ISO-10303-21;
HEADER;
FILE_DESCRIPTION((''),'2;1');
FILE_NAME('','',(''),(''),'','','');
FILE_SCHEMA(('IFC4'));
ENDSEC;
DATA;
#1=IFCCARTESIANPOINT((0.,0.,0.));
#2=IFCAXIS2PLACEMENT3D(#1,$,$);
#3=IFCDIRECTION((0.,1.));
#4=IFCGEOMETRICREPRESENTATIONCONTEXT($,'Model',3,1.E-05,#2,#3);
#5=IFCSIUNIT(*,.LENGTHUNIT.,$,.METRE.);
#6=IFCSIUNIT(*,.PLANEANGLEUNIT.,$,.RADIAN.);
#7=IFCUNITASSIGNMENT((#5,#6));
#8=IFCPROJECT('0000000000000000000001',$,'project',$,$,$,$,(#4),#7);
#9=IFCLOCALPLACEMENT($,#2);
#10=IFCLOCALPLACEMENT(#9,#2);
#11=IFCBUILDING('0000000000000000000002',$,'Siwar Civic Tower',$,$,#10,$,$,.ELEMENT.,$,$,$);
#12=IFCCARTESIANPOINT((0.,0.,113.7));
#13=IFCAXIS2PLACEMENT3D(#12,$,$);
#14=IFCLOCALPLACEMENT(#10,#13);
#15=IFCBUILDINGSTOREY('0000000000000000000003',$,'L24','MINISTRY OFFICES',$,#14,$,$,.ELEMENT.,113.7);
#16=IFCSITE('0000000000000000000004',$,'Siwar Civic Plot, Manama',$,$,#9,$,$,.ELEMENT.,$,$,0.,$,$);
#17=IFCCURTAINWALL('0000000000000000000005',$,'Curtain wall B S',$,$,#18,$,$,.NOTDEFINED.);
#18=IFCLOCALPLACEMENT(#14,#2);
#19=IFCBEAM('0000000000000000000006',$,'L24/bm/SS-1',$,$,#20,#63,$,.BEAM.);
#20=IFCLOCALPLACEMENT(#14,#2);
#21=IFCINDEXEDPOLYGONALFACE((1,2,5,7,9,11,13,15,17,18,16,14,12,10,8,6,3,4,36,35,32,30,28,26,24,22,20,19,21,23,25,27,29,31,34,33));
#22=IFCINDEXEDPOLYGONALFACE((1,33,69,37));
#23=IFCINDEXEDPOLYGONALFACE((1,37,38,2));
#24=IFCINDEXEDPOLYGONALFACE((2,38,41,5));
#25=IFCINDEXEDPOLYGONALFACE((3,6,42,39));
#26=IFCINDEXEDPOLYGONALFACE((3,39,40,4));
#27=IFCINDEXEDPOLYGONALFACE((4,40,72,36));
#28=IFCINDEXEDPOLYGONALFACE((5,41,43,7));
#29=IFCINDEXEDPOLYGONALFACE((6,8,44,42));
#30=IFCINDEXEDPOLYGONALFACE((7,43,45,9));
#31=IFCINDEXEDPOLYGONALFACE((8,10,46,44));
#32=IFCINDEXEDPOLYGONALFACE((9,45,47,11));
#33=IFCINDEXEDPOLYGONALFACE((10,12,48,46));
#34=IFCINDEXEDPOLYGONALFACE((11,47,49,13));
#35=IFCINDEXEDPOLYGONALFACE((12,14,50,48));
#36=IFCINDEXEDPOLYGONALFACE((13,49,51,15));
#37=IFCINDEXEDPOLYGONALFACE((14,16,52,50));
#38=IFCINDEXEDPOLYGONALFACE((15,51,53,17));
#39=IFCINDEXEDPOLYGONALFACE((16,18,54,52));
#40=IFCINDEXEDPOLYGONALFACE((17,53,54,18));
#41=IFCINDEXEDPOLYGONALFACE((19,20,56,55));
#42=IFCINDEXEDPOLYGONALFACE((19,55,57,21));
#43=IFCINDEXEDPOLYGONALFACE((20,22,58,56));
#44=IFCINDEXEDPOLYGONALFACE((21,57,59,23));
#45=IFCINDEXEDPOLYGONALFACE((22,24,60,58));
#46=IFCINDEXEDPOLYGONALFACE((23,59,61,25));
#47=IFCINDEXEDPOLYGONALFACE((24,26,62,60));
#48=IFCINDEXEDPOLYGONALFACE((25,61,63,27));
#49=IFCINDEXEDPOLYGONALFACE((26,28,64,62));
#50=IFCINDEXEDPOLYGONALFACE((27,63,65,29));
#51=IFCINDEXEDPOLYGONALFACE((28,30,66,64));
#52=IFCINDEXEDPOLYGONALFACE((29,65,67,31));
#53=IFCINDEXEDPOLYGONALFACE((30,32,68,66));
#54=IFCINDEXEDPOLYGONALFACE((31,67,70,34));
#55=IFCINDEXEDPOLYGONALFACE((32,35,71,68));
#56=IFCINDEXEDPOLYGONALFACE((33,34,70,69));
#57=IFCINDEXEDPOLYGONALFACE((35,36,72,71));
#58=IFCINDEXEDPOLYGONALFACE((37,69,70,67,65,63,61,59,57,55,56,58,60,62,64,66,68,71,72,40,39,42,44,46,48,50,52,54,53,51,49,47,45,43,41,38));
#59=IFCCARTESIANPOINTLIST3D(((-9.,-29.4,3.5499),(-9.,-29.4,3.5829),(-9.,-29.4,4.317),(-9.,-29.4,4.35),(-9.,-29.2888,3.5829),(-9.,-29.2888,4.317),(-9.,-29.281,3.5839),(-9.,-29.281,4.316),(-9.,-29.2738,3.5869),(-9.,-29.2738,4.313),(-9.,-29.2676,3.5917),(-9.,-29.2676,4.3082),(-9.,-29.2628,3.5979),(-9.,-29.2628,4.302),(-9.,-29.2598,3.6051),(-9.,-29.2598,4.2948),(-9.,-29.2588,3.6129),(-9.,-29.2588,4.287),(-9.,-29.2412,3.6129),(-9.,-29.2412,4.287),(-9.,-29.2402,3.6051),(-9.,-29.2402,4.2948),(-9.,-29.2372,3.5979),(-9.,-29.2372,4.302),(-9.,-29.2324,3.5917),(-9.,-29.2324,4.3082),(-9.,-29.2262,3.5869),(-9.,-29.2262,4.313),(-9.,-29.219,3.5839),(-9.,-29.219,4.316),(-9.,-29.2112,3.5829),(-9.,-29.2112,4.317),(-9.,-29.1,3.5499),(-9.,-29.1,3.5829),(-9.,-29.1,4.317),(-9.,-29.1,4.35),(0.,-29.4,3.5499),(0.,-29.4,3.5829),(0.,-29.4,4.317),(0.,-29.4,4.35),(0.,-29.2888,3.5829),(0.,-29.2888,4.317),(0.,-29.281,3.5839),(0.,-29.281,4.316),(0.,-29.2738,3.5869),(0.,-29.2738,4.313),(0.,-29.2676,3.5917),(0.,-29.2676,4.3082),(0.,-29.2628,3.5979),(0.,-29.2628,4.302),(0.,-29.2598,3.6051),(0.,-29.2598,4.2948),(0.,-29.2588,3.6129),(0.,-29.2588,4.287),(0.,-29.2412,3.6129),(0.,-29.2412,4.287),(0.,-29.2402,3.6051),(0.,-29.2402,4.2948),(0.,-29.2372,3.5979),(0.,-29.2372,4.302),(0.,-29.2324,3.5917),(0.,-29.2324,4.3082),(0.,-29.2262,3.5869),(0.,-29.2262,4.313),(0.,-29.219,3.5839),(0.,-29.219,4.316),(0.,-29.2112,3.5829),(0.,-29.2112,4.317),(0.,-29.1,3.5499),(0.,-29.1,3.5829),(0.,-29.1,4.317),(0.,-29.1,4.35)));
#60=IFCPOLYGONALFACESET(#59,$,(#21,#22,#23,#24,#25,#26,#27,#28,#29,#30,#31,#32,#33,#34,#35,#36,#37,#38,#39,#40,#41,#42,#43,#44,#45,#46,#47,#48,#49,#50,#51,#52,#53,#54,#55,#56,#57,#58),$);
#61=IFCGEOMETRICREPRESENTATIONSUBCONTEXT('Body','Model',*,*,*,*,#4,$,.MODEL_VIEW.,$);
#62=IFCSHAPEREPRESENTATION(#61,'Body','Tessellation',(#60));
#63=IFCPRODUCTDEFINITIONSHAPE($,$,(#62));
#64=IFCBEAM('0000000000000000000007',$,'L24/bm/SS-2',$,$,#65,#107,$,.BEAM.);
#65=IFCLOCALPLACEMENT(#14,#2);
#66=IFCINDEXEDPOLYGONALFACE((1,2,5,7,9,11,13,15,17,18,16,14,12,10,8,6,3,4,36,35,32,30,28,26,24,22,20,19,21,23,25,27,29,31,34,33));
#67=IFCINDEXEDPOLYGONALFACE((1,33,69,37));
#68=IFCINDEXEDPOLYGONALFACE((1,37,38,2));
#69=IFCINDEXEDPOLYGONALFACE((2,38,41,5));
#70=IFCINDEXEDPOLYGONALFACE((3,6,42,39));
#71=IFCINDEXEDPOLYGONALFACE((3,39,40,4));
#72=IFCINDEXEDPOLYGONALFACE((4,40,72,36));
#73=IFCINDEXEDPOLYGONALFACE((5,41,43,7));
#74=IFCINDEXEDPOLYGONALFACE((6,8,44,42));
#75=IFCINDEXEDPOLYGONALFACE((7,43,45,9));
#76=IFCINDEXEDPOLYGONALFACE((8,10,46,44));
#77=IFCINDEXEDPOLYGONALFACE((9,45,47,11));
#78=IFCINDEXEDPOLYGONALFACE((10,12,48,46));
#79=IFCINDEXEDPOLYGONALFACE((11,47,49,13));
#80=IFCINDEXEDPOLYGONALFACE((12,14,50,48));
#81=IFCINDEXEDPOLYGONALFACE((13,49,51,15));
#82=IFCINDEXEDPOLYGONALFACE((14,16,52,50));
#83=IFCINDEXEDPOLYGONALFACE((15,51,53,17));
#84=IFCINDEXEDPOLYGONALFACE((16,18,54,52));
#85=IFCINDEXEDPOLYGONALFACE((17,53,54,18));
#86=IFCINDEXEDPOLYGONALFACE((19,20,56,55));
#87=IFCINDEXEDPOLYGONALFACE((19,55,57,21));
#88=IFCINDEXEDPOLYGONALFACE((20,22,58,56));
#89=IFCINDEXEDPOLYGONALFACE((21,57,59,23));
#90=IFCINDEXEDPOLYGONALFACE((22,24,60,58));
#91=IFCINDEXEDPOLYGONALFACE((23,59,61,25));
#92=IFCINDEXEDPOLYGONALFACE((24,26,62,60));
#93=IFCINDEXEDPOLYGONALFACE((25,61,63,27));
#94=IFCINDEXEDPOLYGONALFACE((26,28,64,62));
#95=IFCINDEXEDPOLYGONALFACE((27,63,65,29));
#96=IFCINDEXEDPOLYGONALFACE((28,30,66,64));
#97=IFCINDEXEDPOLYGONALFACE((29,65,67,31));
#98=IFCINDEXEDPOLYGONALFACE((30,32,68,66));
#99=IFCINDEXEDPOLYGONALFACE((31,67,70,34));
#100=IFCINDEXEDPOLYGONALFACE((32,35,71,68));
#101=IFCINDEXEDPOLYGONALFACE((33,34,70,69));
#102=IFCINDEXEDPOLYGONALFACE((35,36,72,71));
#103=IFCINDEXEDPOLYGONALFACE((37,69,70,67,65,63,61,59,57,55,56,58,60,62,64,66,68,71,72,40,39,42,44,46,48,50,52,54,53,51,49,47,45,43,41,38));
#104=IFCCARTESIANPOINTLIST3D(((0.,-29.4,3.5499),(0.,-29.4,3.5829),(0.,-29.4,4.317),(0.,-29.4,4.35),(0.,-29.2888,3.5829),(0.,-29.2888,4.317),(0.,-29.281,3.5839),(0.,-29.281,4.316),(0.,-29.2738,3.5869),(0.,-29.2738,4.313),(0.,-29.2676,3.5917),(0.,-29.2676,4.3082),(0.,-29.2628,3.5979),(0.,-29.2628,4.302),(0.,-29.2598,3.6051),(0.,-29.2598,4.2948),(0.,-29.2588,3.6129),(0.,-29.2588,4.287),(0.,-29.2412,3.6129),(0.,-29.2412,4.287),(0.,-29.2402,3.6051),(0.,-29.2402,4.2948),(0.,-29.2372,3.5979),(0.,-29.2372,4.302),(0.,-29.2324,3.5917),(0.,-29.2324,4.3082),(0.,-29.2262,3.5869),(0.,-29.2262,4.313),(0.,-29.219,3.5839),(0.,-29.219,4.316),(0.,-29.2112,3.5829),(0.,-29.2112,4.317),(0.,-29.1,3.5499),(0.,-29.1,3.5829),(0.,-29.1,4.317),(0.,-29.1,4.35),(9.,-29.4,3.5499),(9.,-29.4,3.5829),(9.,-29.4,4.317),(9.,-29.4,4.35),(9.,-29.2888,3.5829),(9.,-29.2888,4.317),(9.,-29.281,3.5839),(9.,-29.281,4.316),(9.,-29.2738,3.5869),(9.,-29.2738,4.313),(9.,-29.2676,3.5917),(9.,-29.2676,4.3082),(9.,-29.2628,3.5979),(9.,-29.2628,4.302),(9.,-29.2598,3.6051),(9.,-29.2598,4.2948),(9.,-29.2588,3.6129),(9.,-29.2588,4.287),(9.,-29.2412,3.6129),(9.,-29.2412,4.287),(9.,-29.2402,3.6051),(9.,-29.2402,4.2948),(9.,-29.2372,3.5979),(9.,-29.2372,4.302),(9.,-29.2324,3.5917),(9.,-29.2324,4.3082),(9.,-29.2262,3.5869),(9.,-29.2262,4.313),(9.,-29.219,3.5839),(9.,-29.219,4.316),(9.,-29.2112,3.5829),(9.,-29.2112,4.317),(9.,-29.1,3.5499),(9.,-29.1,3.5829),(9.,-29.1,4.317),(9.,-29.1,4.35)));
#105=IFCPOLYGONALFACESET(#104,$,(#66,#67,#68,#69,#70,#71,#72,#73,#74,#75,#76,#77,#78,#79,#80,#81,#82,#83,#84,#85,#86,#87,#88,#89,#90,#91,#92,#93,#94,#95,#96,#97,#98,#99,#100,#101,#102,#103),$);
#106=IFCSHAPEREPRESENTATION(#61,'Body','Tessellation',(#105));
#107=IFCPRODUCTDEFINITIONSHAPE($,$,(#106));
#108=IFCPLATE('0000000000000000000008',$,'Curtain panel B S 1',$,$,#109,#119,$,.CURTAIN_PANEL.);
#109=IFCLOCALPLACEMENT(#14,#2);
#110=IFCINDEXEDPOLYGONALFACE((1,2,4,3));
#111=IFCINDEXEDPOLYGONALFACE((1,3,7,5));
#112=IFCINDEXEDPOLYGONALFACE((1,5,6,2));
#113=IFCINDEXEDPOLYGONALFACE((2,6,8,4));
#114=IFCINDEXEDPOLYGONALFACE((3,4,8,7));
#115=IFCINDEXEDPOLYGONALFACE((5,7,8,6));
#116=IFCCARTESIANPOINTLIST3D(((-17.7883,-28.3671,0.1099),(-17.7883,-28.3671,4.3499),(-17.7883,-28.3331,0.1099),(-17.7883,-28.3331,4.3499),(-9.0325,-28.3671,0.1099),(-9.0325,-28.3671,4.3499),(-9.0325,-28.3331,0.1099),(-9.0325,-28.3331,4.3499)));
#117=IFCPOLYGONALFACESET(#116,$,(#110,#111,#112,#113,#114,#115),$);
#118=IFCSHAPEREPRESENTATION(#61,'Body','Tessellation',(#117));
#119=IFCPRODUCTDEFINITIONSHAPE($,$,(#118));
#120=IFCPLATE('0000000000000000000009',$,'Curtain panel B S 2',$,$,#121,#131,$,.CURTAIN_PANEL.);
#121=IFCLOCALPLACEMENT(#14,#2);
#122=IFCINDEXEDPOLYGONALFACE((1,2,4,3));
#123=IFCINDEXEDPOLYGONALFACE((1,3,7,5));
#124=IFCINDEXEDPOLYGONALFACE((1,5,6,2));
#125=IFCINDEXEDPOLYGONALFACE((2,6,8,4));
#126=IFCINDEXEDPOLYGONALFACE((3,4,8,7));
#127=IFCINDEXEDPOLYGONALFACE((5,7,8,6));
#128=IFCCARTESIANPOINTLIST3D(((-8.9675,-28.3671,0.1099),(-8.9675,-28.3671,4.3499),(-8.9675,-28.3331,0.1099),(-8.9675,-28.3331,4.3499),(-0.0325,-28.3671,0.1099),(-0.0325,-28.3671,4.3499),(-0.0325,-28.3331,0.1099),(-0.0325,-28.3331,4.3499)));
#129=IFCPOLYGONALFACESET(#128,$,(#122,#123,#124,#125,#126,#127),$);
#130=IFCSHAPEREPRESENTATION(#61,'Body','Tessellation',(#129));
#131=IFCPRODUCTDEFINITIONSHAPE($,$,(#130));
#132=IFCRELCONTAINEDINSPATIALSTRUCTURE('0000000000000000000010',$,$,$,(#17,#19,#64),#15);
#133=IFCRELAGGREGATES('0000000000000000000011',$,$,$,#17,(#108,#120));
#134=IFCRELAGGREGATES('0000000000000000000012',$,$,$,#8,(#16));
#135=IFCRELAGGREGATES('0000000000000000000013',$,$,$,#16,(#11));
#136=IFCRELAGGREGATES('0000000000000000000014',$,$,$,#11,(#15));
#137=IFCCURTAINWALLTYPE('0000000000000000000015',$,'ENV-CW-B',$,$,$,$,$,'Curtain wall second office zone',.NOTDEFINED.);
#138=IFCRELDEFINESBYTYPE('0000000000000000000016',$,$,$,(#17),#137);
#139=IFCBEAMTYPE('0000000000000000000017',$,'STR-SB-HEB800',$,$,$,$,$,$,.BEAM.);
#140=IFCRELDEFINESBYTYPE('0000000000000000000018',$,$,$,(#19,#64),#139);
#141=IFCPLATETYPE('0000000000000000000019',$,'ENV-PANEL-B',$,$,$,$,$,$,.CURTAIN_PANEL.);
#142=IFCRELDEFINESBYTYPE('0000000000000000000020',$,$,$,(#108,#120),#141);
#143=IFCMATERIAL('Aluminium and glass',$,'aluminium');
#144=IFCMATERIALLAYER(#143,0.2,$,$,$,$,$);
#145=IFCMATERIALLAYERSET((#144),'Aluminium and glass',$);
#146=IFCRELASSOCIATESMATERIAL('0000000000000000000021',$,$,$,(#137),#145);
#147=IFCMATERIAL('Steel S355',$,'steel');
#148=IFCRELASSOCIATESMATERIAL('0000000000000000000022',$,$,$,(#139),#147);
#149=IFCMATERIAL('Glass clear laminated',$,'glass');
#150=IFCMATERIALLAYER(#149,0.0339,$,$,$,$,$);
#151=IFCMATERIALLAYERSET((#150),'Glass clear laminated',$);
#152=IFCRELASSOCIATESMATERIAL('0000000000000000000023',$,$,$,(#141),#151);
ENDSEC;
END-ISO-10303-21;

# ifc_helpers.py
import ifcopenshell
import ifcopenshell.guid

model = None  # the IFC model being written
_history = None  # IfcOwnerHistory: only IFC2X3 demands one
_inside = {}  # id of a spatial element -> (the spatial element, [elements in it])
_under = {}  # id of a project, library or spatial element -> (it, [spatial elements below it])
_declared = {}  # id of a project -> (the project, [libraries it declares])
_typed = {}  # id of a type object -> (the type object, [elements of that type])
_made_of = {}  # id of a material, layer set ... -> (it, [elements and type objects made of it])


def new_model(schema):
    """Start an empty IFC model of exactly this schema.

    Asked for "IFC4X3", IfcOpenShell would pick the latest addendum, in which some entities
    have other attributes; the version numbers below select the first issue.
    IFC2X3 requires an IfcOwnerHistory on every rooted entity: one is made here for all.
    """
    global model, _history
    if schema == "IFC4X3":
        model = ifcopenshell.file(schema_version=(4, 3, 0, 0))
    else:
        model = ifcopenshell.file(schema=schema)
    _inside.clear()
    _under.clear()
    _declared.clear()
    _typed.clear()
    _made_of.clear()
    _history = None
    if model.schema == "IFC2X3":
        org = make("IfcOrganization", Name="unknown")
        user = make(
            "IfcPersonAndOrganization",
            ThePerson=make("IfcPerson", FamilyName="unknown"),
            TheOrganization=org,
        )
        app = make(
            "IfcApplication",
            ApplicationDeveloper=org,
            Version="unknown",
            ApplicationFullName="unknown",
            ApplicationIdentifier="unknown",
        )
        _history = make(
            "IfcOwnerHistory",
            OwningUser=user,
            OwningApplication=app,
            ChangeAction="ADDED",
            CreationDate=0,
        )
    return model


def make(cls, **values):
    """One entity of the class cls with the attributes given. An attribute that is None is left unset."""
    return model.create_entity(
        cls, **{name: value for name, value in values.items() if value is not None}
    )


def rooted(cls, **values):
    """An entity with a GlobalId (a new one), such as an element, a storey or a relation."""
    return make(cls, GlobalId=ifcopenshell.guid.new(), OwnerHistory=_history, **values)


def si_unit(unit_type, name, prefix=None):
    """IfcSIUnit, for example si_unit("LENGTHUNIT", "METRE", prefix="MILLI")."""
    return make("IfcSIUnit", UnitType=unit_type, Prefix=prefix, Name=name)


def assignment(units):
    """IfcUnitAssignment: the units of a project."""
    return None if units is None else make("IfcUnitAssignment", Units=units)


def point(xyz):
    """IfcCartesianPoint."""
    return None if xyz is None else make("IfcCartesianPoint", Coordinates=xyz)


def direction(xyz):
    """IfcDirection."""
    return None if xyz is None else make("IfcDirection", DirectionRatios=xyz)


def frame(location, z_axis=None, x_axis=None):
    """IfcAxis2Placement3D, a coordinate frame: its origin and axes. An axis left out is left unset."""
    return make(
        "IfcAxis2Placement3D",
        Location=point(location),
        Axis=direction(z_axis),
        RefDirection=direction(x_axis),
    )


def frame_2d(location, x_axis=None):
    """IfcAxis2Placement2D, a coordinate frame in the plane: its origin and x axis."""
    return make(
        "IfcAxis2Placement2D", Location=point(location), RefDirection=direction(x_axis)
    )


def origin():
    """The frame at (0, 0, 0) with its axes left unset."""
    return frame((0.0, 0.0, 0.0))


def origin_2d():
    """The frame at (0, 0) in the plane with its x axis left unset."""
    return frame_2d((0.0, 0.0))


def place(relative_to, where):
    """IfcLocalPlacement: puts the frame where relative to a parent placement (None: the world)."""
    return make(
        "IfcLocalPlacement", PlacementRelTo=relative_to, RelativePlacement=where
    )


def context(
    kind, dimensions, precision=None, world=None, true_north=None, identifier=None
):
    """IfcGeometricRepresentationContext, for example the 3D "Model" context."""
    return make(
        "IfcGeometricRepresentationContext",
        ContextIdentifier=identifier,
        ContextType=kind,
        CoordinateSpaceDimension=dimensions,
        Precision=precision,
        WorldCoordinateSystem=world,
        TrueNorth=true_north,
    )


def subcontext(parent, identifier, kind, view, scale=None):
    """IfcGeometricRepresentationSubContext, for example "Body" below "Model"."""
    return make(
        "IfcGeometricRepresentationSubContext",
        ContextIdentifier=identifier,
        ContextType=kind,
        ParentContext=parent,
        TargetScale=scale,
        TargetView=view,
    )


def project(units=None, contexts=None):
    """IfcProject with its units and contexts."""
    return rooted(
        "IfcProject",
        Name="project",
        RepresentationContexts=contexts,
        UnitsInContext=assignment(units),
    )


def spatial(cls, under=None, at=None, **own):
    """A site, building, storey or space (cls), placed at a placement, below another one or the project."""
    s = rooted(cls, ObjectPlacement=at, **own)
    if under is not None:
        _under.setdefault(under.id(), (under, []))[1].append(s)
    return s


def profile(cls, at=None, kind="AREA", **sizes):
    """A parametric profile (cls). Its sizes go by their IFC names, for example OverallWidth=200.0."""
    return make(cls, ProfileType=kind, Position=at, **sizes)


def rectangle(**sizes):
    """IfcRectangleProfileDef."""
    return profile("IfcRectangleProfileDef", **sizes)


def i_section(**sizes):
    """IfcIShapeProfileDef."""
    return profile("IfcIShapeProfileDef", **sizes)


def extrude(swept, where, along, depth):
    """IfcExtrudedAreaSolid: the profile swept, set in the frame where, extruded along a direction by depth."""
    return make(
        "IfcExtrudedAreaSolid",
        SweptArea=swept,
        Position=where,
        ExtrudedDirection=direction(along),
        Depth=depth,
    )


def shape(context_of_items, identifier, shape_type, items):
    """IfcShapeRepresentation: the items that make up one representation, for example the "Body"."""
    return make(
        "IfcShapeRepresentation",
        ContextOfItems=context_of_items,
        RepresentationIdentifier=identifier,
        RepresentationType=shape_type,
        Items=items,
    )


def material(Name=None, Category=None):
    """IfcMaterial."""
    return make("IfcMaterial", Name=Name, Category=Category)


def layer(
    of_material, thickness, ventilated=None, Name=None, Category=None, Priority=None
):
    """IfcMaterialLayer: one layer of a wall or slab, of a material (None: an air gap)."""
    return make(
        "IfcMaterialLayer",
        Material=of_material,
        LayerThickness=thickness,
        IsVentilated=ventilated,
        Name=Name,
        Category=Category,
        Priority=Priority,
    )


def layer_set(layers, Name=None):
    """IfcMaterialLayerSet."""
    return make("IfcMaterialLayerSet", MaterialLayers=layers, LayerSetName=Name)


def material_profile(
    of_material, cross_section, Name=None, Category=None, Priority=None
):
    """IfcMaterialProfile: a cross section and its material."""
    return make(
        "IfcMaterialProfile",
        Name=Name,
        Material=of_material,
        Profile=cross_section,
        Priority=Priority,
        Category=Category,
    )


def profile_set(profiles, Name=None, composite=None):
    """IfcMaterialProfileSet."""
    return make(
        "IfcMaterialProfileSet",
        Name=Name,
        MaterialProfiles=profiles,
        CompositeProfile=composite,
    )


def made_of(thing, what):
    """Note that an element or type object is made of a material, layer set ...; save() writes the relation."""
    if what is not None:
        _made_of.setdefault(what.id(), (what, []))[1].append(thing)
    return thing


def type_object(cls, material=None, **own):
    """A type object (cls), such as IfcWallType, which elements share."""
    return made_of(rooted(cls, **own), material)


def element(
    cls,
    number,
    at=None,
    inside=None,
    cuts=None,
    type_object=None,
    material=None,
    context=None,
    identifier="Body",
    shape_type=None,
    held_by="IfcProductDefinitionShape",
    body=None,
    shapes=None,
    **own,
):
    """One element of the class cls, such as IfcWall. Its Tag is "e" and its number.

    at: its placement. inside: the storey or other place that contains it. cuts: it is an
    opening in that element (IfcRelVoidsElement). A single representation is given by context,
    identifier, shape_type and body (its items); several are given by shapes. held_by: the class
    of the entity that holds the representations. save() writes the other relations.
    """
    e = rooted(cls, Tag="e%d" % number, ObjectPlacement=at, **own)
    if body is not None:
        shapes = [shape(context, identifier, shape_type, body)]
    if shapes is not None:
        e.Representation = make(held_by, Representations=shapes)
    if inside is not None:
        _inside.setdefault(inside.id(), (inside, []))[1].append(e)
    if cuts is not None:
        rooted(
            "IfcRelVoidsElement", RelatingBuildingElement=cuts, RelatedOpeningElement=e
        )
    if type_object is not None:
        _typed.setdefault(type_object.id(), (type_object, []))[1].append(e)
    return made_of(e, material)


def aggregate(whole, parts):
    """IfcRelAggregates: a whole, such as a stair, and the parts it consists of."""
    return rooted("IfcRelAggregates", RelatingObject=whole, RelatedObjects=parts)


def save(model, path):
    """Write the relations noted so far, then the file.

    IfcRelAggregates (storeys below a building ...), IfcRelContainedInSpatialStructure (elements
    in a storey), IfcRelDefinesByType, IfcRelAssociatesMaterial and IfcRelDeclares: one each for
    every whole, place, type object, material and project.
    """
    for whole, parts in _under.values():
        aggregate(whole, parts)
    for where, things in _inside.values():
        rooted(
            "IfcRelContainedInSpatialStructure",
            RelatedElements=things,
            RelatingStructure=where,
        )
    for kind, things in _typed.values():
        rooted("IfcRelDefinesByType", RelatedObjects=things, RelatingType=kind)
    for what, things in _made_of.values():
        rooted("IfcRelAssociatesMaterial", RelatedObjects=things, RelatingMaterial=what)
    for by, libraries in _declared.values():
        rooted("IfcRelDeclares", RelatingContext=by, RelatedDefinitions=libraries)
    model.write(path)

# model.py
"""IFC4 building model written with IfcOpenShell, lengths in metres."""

from ifc_helpers import new_model, si_unit, direction, frame, origin, origin_2d, place, context, subcontext, project, spatial, rectangle, i_section, extrude, material, layer, layer_set, material_profile, profile_set, type_object, element, aggregate, save


model = new_model("IFC4")

# Units and contexts
model_context = context("Model", 3, precision=1e-05, world=origin(), true_north=direction((0.0, 1.0)))
body_context = subcontext(model_context, "Body", "Model", "MODEL_VIEW")
ifc_project = project(units=[si_unit("LENGTHUNIT", "METRE"), si_unit("PLANEANGLEUNIT", "RADIAN")], contexts=[model_context])

# Site, building, storey
site_placement = place(None, origin())
site = spatial("IfcSite", under=ifc_project, at=site_placement, Name="Siwar Civic Plot, Manama", CompositionType="ELEMENT", RefElevation=0.0)
building_placement = place(site_placement, origin())
building = spatial("IfcBuilding", under=site, at=building_placement, Name="Siwar Civic Tower", CompositionType="ELEMENT")
storey_placement = place(building_placement, frame((0.0, 0.0, 113.7)))
storey = spatial("IfcBuildingStorey", under=building, at=storey_placement, Name="L24", Description="MINISTRY OFFICES", CompositionType="ELEMENT", Elevation=113.7)

# Curtain wall
ifc_material_1 = material(Name="Aluminium and glass", Category="aluminium")
ifc_layer_1 = layer(ifc_material_1, 0.2)
ifc_layer_set_1 = layer_set([ifc_layer_1], Name="Aluminium and glass")
curtain_wall_type = type_object("IfcCurtainWallType", Name="ENV-CW-B", ElementType="Curtain wall second office zone", PredefinedType="NOTDEFINED", material=ifc_layer_set_1)
curtain_wall_placement = place(storey_placement, origin())
curtain_wall = element("IfcCurtainWall", 1, at=curtain_wall_placement, inside=storey, type_object=curtain_wall_type, Name="Curtain wall B S", PredefinedType="NOTDEFINED")

# Beams
ifc_material_2 = material(Name="Steel S355", Category="steel")
ifc_material_profile_1 = material_profile(ifc_material_2, i_section(OverallWidth=0.3, OverallDepth=0.8, WebThickness=0.0176, FlangeThickness=0.033, FilletRadius=0.03, at=origin_2d()), Name="HEB800")
ifc_profile_set_1 = profile_set([ifc_material_profile_1], Name="Steel S355")
beam_type_1 = type_object("IfcBeamType", Name="STR-SB-HEB800", PredefinedType="BEAM", material=ifc_profile_set_1)
for number, where, z_axis, x_axis, name in (
    (2, (-9.0, -29.25, 3.95), (1.0, 0.0, 0.0), (0.0, 1.0, 0.0), "L24/bm/SS-1"),
    (3, (0.0, -29.25, 3.95), (1.0, 0.0, 0.0), (0.0, 1.0, 0.0), "L24/bm/SS-2"),
):
    element("IfcBeam", number, at=place(storey_placement, frame(where, z_axis=z_axis, x_axis=x_axis)), inside=storey, type_object=beam_type_1, Name=name, PredefinedType="BEAM", context=body_context, shape_type="SweptSolid", body=[
        extrude(i_section(OverallWidth=0.3, OverallDepth=0.8, WebThickness=0.0176, FlangeThickness=0.033, FilletRadius=0.03, at=origin_2d()), origin(), (0.0, 0.0, 1.0), 9.0),
    ])

# Plates
ifc_material_3 = material(Name="Glass clear laminated", Category="glass")
ifc_layer_2 = layer(ifc_material_3, 0.0339)
ifc_layer_set_2 = layer_set([ifc_layer_2], Name="Glass clear laminated")
plate_type = type_object("IfcPlateType", Name="ENV-PANEL-B", PredefinedType="CURTAIN_PANEL", material=ifc_layer_set_2)
plate_1_placement = place(storey_placement, frame((-13.4104, -28.3501, 0.1099), z_axis=(0.0, 0.0, 1.0), x_axis=(1.0, 0.0, 0.0)))
plate_1 = element("IfcPlate", 4, at=plate_1_placement, type_object=plate_type, Name="Curtain panel B S 1", PredefinedType="CURTAIN_PANEL", context=body_context, shape_type="SweptSolid", body=[
    extrude(rectangle(XDim=8.7559, YDim=0.0339, at=origin_2d()), origin(), (0.0, 0.0, 1.0), 4.24),
])
plate_2_placement = place(storey_placement, frame((-4.5, -28.3501, 0.1099), z_axis=(0.0, 0.0, 1.0), x_axis=(1.0, 0.0, 0.0)))
plate_2 = element("IfcPlate", 5, at=plate_2_placement, type_object=plate_type, Name="Curtain panel B S 2", PredefinedType="CURTAIN_PANEL", context=body_context, shape_type="SweptSolid", body=[
    extrude(rectangle(XDim=8.9351, YDim=0.0339, at=origin_2d()), origin(), (0.0, 0.0, 1.0), 4.24),
])
aggregate(curtain_wall, [plate_1, plate_2])

save(model, "model.ifc")
